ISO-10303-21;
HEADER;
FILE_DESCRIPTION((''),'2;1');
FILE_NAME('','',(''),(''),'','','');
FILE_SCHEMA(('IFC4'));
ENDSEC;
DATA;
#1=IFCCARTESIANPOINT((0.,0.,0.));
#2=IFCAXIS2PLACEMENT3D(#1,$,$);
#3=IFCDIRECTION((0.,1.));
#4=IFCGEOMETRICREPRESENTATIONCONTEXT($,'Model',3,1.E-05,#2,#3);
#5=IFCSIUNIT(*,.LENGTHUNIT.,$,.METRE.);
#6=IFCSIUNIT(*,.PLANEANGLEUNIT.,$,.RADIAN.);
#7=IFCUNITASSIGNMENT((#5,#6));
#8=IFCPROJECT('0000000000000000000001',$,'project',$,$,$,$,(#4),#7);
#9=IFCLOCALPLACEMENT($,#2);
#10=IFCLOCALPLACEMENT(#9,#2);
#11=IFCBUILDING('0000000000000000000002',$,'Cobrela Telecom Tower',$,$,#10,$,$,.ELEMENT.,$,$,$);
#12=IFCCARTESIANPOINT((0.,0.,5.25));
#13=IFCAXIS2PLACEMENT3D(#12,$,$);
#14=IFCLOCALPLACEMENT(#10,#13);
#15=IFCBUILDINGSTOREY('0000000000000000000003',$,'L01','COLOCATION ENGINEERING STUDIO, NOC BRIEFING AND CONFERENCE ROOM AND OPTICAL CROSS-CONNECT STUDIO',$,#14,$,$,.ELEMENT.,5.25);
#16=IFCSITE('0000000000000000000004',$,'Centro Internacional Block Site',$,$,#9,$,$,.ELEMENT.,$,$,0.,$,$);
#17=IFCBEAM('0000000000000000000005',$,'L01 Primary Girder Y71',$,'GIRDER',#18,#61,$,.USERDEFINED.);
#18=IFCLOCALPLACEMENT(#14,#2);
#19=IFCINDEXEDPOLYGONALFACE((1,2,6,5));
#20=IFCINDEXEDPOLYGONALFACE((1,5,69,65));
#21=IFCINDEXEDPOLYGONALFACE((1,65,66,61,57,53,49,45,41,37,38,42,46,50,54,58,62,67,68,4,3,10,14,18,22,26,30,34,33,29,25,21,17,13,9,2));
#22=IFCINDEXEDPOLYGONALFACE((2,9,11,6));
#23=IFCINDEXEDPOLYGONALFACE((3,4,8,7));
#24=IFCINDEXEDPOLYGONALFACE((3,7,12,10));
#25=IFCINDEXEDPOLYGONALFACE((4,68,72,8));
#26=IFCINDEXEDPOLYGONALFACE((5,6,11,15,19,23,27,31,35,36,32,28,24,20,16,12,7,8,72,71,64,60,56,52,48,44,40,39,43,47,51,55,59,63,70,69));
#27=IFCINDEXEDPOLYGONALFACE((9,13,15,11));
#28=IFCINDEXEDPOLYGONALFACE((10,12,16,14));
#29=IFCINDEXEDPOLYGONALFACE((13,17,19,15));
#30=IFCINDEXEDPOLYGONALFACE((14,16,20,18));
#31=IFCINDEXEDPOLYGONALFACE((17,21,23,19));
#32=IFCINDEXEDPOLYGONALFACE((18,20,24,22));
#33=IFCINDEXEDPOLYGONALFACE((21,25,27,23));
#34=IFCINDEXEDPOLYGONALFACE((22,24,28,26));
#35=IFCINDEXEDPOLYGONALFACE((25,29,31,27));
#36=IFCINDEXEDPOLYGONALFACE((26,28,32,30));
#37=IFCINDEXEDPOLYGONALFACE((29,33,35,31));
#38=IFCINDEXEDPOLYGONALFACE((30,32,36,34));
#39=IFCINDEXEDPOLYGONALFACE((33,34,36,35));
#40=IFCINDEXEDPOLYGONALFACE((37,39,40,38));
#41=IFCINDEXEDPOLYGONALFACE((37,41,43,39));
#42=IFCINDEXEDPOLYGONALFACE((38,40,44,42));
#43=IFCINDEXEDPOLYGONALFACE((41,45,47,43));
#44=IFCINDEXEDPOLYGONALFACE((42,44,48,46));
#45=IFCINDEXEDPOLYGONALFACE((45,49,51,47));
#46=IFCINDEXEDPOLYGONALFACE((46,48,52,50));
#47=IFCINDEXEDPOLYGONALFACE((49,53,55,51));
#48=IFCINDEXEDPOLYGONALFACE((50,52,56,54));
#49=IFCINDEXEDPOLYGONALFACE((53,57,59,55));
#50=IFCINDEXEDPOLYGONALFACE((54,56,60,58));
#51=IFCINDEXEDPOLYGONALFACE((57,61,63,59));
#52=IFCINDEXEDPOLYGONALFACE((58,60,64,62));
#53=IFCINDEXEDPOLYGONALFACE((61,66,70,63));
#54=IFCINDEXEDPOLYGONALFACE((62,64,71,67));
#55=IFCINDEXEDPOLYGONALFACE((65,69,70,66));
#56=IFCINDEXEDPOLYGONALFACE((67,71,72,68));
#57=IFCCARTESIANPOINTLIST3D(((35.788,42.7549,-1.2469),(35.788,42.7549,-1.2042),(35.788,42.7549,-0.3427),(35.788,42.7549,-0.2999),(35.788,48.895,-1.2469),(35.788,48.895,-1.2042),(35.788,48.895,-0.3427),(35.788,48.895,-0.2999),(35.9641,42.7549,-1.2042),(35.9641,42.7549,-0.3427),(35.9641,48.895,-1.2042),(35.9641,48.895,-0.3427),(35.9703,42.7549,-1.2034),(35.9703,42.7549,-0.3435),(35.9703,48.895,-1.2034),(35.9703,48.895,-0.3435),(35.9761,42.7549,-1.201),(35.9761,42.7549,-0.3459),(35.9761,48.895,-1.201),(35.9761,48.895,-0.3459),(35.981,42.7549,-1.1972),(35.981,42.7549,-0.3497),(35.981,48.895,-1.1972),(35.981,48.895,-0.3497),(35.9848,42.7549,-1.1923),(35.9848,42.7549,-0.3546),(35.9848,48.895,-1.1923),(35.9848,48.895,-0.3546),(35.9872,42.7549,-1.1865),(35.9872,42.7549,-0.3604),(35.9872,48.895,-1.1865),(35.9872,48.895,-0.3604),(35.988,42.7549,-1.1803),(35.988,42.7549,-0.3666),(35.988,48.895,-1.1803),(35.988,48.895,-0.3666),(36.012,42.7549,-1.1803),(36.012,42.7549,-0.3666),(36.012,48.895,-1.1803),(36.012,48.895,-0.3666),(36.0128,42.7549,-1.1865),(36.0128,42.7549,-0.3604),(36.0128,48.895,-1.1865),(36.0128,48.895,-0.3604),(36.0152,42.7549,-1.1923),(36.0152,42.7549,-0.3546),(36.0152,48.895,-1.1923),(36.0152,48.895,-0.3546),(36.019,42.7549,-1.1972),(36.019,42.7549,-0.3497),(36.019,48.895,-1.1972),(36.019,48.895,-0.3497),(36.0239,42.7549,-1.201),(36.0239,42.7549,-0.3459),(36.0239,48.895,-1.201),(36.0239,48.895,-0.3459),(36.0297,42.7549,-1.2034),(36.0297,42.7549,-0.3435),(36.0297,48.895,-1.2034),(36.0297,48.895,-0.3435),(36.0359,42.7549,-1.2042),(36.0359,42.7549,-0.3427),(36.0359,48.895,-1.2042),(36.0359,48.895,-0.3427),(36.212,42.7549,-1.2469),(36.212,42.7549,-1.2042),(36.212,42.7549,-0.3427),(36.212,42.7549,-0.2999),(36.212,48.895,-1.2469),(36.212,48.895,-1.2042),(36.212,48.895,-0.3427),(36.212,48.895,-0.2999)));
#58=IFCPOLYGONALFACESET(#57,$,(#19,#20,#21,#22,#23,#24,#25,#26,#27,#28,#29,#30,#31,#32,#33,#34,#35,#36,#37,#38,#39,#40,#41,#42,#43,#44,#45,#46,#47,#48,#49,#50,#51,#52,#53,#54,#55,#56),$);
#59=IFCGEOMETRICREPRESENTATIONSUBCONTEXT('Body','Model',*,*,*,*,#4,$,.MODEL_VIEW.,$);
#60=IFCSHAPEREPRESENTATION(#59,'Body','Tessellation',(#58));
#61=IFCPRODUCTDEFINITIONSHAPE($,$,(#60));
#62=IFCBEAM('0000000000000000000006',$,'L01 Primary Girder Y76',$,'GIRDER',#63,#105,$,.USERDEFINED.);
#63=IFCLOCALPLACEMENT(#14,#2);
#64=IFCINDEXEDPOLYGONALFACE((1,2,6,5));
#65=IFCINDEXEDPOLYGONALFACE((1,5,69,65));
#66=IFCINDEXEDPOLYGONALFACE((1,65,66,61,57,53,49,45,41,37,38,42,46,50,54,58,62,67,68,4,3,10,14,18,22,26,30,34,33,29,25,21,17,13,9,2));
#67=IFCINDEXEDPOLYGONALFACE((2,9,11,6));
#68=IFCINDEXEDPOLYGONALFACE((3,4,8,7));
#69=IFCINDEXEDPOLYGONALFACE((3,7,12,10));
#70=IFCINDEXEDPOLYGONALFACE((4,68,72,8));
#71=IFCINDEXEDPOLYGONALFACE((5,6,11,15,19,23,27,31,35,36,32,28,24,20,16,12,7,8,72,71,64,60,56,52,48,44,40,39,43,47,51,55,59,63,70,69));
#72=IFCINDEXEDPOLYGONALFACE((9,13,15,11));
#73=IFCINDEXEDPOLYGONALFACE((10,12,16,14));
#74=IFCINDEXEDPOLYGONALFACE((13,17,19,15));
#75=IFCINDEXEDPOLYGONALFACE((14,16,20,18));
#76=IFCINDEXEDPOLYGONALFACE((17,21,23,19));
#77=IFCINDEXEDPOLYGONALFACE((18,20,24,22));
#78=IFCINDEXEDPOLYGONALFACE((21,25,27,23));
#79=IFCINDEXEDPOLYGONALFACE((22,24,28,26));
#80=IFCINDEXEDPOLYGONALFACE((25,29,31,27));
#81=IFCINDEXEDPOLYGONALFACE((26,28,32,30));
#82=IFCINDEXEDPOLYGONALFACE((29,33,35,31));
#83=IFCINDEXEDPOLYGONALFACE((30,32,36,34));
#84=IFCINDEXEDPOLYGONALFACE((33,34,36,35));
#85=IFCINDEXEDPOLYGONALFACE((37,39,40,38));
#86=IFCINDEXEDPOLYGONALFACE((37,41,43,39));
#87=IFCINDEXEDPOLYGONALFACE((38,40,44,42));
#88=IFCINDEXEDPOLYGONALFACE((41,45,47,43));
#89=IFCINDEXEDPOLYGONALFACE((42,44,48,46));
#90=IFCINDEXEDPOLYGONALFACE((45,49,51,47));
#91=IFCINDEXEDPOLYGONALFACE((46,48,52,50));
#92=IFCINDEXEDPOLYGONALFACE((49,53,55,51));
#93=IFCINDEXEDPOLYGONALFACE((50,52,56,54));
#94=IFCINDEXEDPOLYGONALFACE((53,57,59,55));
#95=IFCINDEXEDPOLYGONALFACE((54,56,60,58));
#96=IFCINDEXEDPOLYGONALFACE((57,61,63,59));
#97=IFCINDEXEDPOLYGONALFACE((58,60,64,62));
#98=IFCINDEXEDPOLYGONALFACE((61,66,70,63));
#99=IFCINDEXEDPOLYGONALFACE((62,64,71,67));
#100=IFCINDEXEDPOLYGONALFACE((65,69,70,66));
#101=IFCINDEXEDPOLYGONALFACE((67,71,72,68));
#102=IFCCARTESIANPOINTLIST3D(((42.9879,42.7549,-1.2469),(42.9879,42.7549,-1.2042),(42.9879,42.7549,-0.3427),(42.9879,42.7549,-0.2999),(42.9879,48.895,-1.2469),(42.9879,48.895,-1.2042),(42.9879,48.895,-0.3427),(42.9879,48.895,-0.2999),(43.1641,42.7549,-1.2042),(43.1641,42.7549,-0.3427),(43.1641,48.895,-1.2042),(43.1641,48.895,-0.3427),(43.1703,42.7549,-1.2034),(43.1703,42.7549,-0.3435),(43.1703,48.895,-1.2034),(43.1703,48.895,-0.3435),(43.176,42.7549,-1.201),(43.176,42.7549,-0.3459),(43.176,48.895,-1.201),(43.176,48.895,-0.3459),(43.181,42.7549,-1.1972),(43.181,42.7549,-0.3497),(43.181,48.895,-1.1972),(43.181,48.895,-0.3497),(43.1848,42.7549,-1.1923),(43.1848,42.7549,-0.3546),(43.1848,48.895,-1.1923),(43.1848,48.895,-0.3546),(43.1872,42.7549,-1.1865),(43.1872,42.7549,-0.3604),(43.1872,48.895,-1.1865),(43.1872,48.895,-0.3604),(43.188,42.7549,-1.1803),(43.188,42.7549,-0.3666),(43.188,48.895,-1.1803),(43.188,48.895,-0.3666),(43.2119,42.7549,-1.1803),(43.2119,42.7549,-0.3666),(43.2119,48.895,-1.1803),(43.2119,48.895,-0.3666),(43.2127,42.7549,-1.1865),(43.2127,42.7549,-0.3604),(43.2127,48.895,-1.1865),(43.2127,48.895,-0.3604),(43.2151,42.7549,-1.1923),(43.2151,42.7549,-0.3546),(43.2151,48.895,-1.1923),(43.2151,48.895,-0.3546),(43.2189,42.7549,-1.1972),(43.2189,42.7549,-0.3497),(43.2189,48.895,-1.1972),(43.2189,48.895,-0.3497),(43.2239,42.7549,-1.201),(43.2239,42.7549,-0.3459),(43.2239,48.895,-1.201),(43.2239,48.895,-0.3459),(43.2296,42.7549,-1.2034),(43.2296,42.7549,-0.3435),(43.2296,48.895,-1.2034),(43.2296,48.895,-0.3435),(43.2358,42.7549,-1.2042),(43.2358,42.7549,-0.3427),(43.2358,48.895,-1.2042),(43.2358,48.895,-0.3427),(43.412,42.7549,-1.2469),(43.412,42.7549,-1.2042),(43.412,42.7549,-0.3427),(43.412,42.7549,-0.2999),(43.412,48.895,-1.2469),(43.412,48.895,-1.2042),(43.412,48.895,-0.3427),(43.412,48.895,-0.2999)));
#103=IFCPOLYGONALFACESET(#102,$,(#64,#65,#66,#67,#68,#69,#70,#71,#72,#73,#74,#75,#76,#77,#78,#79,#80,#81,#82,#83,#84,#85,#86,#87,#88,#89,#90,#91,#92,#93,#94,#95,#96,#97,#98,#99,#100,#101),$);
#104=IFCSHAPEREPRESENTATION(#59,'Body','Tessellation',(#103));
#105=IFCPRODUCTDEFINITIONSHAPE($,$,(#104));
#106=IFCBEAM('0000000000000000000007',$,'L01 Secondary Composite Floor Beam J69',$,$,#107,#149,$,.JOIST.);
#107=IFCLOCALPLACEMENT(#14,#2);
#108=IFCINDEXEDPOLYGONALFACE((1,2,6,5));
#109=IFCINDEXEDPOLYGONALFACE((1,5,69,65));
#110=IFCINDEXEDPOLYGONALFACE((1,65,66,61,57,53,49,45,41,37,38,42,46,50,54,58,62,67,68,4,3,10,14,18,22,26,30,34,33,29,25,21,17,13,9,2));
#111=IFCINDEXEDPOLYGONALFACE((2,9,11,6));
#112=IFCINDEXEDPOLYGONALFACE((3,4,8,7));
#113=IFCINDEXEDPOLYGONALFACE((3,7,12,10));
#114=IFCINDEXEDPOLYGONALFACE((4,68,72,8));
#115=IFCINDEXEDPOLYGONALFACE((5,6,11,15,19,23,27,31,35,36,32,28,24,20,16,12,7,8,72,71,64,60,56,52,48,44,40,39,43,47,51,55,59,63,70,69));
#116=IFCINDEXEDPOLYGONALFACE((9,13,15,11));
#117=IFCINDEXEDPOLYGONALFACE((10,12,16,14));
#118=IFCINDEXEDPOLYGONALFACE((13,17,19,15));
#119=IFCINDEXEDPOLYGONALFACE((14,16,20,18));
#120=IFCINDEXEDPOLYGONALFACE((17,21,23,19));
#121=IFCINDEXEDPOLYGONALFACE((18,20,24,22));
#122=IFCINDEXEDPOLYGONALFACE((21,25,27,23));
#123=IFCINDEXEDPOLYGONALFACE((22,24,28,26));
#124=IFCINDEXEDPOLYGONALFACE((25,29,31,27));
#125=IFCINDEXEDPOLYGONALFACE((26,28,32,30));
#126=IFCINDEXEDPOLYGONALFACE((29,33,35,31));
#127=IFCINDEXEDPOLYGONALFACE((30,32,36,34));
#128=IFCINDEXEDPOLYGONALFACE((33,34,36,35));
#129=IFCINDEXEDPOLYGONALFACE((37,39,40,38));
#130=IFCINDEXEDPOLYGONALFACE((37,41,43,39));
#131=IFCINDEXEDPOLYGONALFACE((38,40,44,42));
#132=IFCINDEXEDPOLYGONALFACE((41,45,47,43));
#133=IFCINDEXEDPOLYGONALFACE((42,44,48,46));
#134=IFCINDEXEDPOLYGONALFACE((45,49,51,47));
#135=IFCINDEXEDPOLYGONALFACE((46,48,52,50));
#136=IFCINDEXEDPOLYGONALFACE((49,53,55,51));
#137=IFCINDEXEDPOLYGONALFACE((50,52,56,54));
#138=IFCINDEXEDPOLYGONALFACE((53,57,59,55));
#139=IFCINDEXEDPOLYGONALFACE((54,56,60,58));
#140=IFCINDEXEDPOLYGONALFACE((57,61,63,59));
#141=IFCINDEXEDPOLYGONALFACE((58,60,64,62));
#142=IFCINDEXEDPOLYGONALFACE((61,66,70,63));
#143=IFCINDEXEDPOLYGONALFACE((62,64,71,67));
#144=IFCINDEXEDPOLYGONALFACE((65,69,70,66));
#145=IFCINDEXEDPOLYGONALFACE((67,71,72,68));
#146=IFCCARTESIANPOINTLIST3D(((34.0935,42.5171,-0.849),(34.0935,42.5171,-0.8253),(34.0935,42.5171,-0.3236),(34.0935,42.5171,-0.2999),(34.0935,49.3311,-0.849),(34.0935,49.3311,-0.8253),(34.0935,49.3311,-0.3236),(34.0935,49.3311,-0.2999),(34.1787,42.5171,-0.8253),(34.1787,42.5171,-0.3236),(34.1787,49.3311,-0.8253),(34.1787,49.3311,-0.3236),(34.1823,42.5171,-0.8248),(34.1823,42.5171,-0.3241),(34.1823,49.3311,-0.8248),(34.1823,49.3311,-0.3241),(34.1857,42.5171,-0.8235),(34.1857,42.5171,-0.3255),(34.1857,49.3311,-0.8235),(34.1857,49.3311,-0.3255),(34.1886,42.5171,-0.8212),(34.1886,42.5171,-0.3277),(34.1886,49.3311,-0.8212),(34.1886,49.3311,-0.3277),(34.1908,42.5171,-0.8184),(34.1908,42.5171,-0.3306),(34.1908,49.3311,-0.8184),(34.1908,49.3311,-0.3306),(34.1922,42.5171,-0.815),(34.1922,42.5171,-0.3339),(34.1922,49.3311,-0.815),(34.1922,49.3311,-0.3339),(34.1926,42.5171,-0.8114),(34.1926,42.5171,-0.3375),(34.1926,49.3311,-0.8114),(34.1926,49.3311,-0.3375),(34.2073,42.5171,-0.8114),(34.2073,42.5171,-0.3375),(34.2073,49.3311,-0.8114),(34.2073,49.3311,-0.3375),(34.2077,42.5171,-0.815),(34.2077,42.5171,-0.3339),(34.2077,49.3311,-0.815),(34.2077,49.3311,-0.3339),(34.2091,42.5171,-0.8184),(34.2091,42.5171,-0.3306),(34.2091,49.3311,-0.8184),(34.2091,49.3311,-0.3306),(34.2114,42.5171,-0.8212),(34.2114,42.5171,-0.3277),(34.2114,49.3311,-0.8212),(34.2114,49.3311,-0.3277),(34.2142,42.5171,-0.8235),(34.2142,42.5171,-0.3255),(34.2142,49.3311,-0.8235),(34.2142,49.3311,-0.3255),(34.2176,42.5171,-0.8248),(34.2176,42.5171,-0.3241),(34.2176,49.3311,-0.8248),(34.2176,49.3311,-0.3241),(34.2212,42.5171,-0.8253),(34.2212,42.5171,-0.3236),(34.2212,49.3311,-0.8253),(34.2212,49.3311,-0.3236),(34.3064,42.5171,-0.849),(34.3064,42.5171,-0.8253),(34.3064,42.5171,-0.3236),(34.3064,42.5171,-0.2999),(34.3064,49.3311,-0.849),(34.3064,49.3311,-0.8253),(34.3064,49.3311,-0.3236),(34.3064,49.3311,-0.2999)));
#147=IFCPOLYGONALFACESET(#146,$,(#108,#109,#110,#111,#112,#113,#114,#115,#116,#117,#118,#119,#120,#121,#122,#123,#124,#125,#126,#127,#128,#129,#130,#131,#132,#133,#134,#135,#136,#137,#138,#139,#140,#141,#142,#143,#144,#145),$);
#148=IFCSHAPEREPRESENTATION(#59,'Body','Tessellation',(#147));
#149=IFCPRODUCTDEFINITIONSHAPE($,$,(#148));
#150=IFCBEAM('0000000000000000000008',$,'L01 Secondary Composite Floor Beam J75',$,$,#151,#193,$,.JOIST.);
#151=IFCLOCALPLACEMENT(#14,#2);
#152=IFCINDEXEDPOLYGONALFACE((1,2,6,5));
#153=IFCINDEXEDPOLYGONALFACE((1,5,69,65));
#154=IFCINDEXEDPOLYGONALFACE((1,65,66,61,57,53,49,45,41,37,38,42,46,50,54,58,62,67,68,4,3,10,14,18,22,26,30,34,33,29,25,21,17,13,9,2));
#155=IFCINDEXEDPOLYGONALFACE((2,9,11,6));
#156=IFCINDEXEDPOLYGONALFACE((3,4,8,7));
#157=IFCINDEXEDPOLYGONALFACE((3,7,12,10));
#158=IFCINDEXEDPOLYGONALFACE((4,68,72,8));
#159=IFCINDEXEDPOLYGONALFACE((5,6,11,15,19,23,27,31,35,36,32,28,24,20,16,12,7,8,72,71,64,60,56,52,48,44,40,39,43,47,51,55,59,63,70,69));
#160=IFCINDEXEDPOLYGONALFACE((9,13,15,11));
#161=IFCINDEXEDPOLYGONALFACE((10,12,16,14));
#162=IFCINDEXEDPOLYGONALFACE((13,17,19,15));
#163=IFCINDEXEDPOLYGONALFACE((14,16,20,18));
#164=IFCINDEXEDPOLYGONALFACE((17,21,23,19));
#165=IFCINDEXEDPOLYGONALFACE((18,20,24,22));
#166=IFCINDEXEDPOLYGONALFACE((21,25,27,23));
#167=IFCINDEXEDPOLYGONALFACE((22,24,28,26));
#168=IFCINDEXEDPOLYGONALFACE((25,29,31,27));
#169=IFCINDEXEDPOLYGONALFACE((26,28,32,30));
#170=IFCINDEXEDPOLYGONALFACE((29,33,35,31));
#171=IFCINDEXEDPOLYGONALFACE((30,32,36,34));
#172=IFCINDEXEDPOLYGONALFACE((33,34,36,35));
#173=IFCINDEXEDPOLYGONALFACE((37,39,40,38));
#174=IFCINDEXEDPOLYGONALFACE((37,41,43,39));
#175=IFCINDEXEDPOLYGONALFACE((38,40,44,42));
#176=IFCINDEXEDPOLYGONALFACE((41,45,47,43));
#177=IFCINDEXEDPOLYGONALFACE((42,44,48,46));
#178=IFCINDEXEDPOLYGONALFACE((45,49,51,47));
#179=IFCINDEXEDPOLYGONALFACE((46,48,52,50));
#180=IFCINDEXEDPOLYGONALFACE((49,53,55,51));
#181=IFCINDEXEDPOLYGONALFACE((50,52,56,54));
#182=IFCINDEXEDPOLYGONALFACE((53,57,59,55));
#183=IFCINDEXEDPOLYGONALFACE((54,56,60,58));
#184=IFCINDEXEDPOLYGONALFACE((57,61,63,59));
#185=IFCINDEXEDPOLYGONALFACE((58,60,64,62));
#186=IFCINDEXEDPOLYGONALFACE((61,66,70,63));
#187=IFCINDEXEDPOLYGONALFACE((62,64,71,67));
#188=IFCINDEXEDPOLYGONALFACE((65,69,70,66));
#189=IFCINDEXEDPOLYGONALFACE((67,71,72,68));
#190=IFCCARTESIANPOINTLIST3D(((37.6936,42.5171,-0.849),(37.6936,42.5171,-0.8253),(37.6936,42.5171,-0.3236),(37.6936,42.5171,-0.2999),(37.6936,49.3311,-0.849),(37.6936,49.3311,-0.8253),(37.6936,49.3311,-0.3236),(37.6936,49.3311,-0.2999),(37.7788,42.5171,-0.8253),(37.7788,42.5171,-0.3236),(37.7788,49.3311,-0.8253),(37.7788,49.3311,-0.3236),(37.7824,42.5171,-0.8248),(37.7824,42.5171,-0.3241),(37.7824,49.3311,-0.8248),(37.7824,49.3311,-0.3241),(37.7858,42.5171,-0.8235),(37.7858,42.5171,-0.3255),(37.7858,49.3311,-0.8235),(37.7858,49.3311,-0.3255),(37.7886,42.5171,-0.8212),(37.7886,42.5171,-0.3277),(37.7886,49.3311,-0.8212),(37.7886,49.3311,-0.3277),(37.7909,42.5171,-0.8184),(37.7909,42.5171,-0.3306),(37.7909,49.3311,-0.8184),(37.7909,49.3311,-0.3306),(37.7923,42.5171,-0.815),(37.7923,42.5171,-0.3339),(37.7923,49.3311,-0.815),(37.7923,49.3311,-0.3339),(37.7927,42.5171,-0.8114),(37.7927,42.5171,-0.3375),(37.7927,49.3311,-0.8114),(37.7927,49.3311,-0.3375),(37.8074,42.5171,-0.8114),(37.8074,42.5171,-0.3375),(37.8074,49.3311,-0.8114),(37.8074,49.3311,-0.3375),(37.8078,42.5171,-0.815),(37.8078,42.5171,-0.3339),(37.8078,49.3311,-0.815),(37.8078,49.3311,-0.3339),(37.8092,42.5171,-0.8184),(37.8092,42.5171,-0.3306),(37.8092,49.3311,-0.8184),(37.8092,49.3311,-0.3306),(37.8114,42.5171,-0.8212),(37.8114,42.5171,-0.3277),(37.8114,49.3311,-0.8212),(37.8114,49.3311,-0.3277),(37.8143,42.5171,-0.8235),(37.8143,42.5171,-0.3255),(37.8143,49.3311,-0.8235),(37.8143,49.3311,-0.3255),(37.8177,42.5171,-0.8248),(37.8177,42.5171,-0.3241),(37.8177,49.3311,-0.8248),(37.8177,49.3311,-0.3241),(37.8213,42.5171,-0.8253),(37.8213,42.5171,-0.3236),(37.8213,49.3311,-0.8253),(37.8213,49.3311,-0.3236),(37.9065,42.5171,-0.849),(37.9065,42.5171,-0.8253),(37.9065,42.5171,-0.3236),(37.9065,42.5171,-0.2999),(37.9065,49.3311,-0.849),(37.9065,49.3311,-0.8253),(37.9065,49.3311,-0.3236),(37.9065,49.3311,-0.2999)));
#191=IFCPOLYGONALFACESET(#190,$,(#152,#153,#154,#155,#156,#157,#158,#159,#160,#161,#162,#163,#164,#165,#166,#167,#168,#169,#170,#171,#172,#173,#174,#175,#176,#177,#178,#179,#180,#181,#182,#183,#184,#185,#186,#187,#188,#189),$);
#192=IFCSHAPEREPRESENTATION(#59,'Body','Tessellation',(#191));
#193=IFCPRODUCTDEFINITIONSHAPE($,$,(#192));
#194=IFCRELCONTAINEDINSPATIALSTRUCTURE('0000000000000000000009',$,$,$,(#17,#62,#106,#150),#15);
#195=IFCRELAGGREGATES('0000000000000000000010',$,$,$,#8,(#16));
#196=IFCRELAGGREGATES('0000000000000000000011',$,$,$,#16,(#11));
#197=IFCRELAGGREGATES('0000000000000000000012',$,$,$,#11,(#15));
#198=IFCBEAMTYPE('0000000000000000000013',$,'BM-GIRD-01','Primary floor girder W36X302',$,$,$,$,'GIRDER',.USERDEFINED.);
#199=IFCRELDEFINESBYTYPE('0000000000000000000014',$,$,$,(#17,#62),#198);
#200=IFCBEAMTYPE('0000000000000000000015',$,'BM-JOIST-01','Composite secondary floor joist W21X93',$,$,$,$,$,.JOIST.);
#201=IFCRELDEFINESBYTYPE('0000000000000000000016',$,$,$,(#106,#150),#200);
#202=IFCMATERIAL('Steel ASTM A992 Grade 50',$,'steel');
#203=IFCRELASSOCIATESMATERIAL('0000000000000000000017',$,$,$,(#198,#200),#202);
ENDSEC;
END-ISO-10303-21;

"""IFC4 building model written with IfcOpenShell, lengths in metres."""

from ifc_helpers import new_model, si_unit, direction, frame, origin, origin_2d, place, context, subcontext, project, spatial, i_section, extrude, material, material_profile, profile_set, type_object, element, save


model = new_model("IFC4")

# Units and contexts
model_context = context("Model", 3, precision=1e-05, world=origin(), true_north=direction((0.0, 1.0)))
body_context = subcontext(model_context, "Body", "Model", "MODEL_VIEW")
ifc_project = project(units=[si_unit("LENGTHUNIT", "METRE"), si_unit("PLANEANGLEUNIT", "RADIAN")], contexts=[model_context])

# Site, building, storey
site_placement = place(None, origin())
site = spatial("IfcSite", under=ifc_project, at=site_placement, Name="Centro Internacional Block Site", CompositionType="ELEMENT", RefElevation=0.0)
building_placement = place(site_placement, origin())
building = spatial("IfcBuilding", under=site, at=building_placement, Name="Cobrela Telecom Tower", CompositionType="ELEMENT")
storey_placement = place(building_placement, frame((0.0, 0.0, 5.25)))
storey = spatial("IfcBuildingStorey", under=building, at=storey_placement, Name="L01", Description="COLOCATION ENGINEERING STUDIO, NOC BRIEFING AND CONFERENCE ROOM AND OPTICAL CROSS-CONNECT STUDIO", CompositionType="ELEMENT", Elevation=5.25)

# Beams
ifc_material_1 = material(Name="Steel ASTM A992 Grade 50", Category="steel")
ifc_material_profile_1 = material_profile(ifc_material_1, i_section(OverallWidth=0.4241, OverallDepth=0.947, WebThickness=0.0239, FlangeThickness=0.0427, FilletRadius=0.0239, at=origin_2d()), Name="W36X302")
ifc_profile_set_1 = profile_set([ifc_material_profile_1], Name="Steel ASTM A992 Grade 50")
beam_type_1 = type_object("IfcBeamType", Name="BM-GIRD-01", Description="Primary floor girder W36X302", ElementType="GIRDER", PredefinedType="USERDEFINED", material=ifc_profile_set_1)
for number, where, z_axis, x_axis, name in (
    (1, (36.0, 42.7549, -0.7734), (0.0, 1.0, 0.0), (-1.0, 0.0, 0.0), "L01 Primary Girder Y71"),
    (2, (43.2, 42.7549, -0.7734), (0.0, 1.0, 0.0), (-1.0, 0.0, 0.0), "L01 Primary Girder Y76"),
):
    element("IfcBeam", number, at=place(storey_placement, frame(where, z_axis=z_axis, x_axis=x_axis)), inside=storey, type_object=beam_type_1, Name=name, ObjectType="GIRDER", PredefinedType="USERDEFINED", context=body_context, shape_type="SweptSolid", body=[
        extrude(i_section(OverallWidth=0.4241, OverallDepth=0.947, WebThickness=0.0239, FlangeThickness=0.0427, FilletRadius=0.0239, at=origin_2d()), origin(), (0.0, 0.0, 1.0), 6.1401),
    ])
ifc_material_profile_2 = material_profile(ifc_material_1, i_section(OverallWidth=0.2129, OverallDepth=0.5491, WebThickness=0.0146, FlangeThickness=0.0237, FilletRadius=0.0139, at=origin_2d()), Name="W21X93")
ifc_profile_set_2 = profile_set([ifc_material_profile_2], Name="Steel ASTM A992 Grade 50")
beam_type_2 = type_object("IfcBeamType", Name="BM-JOIST-01", Description="Composite secondary floor joist W21X93", PredefinedType="JOIST", material=ifc_profile_set_2)
for number, where, z_axis, x_axis, name in (
    (3, (34.2, 42.5171, -0.5745), (0.0, 1.0, 0.0), (-1.0, 0.0, 0.0), "L01 Secondary Composite Floor Beam J69"),
    (4, (37.8, 42.5171, -0.5745), (0.0, 1.0, 0.0), (-1.0, 0.0, 0.0), "L01 Secondary Composite Floor Beam J75"),
):
    element("IfcBeam", number, at=place(storey_placement, frame(where, z_axis=z_axis, x_axis=x_axis)), inside=storey, type_object=beam_type_2, Name=name, PredefinedType="JOIST", context=body_context, shape_type="SweptSolid", body=[
        extrude(i_section(OverallWidth=0.2129, OverallDepth=0.5491, WebThickness=0.0146, FlangeThickness=0.0237, FilletRadius=0.0139, at=origin_2d()), origin(), (0.0, 0.0, 1.0), 6.814),
    ])

save(model, "model.ifc")
